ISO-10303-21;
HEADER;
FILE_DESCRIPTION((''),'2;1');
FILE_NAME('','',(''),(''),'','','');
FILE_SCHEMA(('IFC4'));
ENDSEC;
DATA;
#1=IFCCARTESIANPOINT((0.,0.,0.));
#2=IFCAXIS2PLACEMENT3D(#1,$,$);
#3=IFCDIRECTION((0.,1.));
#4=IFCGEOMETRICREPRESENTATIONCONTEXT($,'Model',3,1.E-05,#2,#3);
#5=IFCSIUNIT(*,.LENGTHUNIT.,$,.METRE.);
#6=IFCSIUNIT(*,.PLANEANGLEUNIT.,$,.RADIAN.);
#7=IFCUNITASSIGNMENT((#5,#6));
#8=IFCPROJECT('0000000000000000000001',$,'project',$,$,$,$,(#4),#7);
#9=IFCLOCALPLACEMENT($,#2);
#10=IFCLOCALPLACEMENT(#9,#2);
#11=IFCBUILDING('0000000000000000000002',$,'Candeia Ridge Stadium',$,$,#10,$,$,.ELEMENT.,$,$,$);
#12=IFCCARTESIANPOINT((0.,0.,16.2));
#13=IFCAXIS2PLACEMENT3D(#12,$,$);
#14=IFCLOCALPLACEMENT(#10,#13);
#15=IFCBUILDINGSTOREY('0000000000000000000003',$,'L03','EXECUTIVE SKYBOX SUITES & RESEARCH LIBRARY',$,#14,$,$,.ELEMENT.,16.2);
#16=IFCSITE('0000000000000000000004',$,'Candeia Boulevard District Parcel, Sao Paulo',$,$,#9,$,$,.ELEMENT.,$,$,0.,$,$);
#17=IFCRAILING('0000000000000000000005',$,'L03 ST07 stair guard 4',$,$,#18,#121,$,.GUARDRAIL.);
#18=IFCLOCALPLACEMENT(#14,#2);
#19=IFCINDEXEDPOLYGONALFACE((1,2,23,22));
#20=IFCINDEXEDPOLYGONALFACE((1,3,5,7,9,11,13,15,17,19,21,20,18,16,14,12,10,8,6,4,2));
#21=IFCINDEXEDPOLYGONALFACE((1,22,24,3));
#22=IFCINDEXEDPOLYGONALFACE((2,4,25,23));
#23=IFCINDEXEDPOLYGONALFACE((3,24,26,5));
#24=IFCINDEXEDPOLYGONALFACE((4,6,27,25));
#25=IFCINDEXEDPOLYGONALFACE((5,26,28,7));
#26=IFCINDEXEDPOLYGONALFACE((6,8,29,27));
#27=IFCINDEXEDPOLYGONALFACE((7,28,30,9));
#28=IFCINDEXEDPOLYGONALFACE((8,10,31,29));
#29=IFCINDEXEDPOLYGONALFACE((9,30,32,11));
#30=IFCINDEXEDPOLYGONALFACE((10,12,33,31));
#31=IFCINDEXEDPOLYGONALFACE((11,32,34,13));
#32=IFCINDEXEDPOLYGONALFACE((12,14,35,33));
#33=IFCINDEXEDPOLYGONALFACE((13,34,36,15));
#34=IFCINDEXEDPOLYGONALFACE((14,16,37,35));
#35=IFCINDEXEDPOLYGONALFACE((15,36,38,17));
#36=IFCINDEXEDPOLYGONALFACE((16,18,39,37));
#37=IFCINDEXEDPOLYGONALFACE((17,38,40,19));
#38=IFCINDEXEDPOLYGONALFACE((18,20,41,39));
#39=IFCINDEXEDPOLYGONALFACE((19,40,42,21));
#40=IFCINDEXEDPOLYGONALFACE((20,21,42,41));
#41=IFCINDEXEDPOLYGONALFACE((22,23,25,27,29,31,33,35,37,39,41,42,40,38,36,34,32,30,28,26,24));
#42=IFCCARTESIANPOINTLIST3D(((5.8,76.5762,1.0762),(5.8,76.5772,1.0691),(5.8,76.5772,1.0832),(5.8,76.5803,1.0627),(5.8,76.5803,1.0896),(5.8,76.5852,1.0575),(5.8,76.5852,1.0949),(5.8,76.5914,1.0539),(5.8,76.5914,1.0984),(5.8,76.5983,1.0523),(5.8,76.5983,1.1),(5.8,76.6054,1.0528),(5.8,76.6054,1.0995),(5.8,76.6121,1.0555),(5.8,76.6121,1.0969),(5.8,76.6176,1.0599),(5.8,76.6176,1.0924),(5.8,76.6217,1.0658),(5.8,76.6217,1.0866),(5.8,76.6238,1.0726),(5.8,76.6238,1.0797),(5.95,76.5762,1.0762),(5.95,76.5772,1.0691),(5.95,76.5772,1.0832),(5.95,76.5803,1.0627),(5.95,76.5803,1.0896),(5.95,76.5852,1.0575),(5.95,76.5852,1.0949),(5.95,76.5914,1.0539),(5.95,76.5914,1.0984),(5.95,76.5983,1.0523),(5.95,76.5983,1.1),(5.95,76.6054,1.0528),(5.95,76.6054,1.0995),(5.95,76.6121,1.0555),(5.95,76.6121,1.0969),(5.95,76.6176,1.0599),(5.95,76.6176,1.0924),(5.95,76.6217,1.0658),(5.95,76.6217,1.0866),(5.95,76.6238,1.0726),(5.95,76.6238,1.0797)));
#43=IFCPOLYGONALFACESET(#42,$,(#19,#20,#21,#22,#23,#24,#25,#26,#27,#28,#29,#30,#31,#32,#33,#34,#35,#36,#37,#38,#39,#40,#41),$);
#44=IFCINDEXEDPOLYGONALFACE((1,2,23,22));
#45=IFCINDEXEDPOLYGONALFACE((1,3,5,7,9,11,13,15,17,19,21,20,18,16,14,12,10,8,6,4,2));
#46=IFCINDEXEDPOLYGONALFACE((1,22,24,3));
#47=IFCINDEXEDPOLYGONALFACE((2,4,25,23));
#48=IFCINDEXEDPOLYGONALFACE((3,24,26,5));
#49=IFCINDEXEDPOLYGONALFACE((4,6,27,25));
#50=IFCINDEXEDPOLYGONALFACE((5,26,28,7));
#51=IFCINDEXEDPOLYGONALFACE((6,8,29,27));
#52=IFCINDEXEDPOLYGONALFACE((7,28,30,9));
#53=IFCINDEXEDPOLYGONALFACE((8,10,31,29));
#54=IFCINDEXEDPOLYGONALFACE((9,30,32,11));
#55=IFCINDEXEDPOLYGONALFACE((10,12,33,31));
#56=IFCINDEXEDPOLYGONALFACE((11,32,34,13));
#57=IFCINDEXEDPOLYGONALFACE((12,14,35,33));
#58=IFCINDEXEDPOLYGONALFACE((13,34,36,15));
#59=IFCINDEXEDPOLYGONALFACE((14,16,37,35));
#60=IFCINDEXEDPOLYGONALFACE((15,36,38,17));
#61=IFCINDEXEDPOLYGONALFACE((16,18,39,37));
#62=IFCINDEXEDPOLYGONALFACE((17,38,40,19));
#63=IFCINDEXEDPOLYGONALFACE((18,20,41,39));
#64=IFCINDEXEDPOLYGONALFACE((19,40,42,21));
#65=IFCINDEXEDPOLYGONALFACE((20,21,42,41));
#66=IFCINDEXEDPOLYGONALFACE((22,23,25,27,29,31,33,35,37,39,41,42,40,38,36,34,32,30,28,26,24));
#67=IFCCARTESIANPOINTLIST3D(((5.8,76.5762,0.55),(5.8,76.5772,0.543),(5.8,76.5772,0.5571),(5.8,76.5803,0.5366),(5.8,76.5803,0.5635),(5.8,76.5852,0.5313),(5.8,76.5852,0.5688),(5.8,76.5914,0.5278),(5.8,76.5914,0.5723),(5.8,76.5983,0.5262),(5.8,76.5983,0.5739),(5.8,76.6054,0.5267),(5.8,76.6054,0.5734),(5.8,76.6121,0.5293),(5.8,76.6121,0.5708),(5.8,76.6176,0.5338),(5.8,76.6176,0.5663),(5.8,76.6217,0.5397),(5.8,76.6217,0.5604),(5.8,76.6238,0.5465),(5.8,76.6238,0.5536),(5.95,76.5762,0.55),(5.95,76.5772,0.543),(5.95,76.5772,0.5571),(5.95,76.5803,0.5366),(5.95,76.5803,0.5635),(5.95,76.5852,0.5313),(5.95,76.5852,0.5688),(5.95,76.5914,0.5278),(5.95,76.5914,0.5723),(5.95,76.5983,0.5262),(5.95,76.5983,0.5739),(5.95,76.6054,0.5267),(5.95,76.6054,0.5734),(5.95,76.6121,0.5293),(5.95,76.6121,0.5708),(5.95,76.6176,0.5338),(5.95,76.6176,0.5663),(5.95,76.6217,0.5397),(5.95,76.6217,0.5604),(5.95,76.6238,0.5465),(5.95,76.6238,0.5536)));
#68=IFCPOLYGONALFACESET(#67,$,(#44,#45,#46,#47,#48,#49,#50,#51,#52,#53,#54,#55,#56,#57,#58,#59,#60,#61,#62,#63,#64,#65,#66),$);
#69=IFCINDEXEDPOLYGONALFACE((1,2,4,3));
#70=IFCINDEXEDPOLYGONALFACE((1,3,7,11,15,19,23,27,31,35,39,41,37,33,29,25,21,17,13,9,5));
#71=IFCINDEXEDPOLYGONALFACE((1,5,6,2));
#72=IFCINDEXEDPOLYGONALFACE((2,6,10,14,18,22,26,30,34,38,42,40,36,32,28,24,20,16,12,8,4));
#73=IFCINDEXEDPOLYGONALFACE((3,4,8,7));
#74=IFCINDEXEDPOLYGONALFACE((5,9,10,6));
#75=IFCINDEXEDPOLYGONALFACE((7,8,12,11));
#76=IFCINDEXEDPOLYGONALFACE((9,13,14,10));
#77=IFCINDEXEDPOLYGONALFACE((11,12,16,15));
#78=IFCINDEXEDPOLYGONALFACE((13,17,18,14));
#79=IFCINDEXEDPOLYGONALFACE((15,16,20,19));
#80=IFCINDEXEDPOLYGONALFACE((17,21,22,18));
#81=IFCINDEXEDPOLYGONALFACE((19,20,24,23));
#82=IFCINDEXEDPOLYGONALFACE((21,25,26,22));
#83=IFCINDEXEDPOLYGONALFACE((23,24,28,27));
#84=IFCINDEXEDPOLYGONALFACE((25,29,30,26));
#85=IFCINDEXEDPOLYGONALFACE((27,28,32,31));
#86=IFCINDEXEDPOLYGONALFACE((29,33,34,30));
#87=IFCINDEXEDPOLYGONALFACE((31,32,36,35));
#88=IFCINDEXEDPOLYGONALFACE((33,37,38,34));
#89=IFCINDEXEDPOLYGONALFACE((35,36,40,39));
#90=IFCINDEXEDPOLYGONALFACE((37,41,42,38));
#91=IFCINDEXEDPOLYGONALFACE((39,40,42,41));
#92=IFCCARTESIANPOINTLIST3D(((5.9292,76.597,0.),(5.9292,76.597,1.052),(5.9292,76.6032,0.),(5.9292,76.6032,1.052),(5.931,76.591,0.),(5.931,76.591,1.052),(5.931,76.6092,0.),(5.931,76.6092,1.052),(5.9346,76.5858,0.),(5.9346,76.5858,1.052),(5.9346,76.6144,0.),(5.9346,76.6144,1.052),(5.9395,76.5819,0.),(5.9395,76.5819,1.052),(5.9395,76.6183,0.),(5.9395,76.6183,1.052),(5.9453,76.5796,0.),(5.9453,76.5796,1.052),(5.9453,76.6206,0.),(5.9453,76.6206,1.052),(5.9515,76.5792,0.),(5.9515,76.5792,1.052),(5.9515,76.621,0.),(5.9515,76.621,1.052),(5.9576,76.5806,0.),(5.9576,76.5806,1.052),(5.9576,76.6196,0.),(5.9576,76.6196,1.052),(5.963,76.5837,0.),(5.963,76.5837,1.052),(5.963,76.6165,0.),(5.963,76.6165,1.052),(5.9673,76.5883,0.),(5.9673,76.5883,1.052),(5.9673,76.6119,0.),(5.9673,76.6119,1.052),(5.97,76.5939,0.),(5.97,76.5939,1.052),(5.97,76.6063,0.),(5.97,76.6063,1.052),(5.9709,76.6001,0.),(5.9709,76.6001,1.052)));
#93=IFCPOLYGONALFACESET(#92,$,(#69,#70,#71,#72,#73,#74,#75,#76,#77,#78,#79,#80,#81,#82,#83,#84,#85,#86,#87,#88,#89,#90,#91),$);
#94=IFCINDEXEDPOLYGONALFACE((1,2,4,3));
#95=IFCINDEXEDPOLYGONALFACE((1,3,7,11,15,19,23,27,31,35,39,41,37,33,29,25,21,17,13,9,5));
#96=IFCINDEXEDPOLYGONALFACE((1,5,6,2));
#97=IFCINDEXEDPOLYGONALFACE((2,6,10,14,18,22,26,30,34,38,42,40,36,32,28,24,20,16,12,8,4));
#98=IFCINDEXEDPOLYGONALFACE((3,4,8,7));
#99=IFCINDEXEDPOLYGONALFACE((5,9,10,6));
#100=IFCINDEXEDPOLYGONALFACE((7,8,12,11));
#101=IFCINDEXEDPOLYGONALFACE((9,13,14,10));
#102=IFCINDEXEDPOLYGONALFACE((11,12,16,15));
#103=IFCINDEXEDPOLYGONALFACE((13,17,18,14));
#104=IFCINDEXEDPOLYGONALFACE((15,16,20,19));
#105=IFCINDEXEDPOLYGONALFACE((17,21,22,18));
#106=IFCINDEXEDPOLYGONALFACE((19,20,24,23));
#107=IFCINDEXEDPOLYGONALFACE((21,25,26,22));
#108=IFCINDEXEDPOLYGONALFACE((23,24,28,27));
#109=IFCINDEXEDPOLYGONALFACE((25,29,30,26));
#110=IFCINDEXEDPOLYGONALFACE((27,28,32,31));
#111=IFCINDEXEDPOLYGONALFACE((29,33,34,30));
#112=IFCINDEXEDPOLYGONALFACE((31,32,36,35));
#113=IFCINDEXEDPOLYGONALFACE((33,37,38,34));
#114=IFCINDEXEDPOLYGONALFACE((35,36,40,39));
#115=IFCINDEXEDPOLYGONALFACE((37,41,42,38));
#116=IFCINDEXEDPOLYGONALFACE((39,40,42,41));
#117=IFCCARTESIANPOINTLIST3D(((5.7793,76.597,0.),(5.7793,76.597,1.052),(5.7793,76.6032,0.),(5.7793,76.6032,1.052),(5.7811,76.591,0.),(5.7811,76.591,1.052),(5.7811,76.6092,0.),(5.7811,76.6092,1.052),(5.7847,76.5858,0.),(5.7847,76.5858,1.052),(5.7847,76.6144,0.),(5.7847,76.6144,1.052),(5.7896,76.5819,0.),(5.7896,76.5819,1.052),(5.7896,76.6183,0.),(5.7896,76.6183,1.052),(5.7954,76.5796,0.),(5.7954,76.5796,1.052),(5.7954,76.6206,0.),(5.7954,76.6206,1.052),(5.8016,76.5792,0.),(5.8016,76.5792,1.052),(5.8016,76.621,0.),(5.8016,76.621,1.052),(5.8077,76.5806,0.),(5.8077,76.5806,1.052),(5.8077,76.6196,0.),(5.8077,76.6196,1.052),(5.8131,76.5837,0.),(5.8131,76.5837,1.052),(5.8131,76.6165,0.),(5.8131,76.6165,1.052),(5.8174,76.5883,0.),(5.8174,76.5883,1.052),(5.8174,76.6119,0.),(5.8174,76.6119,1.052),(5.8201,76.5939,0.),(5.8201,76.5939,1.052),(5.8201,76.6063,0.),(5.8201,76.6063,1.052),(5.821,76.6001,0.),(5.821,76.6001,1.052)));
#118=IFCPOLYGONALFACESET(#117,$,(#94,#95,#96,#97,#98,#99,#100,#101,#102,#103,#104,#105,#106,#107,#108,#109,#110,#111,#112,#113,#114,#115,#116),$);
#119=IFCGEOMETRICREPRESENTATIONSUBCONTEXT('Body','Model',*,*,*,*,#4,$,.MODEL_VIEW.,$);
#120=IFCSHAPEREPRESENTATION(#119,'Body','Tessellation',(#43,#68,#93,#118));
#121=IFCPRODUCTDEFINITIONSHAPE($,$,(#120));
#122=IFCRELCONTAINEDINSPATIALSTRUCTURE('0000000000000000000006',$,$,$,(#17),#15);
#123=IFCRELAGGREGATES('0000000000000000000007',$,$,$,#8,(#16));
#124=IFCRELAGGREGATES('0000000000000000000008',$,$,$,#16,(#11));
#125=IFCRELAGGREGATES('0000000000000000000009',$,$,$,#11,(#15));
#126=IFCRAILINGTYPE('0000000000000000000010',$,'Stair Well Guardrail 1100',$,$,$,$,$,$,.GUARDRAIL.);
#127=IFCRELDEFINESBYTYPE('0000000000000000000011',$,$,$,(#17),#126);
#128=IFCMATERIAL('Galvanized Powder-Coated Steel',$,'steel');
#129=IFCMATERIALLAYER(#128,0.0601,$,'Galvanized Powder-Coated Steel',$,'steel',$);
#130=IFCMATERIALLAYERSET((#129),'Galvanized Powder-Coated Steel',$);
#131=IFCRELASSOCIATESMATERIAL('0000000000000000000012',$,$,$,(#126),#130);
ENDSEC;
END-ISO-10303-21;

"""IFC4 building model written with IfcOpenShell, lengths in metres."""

from ifc_helpers import new_model, si_unit, direction, frame, origin, origin_2d, place, context, subcontext, project, spatial, circle, extrude, material, layer, layer_set, type_object, element, save


model = new_model("IFC4")

# Units and contexts
model_context = context("Model", 3, precision=1e-05, world=origin(), true_north=direction((0.0, 1.0)))
body_context = subcontext(model_context, "Body", "Model", "MODEL_VIEW")
ifc_project = project(units=[si_unit("LENGTHUNIT", "METRE"), si_unit("PLANEANGLEUNIT", "RADIAN")], contexts=[model_context])

# Site, building, storey
site_placement = place(None, origin())
site = spatial("IfcSite", under=ifc_project, at=site_placement, Name="Candeia Boulevard District Parcel, Sao Paulo", CompositionType="ELEMENT", RefElevation=0.0)
building_placement = place(site_placement, origin())
building = spatial("IfcBuilding", under=site, at=building_placement, Name="Candeia Ridge Stadium", CompositionType="ELEMENT")
storey_placement = place(building_placement, frame((0.0, 0.0, 16.2)))
storey = spatial("IfcBuildingStorey", under=building, at=storey_placement, Name="L03", Description="EXECUTIVE SKYBOX SUITES & RESEARCH LIBRARY", CompositionType="ELEMENT", Elevation=16.2)

# Railing
ifc_material_1 = material(Name="Galvanized Powder-Coated Steel", Category="steel")
ifc_layer_1 = layer(ifc_material_1, 0.0601, Name="Galvanized Powder-Coated Steel", Category="steel")
ifc_layer_set_1 = layer_set([ifc_layer_1], Name="Galvanized Powder-Coated Steel")
railing_type_1 = type_object("IfcRailingType", Name="Stair Well Guardrail 1100", PredefinedType="GUARDRAIL", material=ifc_layer_set_1)
railing_1_placement = place(storey_placement, frame((5.95, 76.6001, 0.0)))
element("IfcRailing", 1, at=railing_1_placement, inside=storey, type_object=railing_type_1, Name="L03 ST07 stair guard 4", PredefinedType="GUARDRAIL", context=body_context, shape_type="SweptSolid", body=[
    extrude(circle(Radius=0.0239, at=origin_2d()), frame((0.0, 0.0, 1.0762), z_axis=(-1.0, 0.0, 0.0), x_axis=(0.0, -1.0, 0.0)), (0.0, 0.0, 1.0), 0.1499),
    extrude(circle(Radius=0.0239, at=origin_2d()), frame((0.0, 0.0, 0.55), z_axis=(-1.0, 0.0, 0.0), x_axis=(0.0, -1.0, 0.0)), (0.0, 0.0, 1.0), 0.1499),
    extrude(circle(Radius=0.021, at=origin_2d()), origin(), (0.0, 0.0, 1.0), 1.052),
    extrude(circle(Radius=0.021, at=origin_2d()), frame((-0.1499, 0.0, 0.0)), (0.0, 0.0, 1.0), 1.052),
])

save(model, "model.ifc")
